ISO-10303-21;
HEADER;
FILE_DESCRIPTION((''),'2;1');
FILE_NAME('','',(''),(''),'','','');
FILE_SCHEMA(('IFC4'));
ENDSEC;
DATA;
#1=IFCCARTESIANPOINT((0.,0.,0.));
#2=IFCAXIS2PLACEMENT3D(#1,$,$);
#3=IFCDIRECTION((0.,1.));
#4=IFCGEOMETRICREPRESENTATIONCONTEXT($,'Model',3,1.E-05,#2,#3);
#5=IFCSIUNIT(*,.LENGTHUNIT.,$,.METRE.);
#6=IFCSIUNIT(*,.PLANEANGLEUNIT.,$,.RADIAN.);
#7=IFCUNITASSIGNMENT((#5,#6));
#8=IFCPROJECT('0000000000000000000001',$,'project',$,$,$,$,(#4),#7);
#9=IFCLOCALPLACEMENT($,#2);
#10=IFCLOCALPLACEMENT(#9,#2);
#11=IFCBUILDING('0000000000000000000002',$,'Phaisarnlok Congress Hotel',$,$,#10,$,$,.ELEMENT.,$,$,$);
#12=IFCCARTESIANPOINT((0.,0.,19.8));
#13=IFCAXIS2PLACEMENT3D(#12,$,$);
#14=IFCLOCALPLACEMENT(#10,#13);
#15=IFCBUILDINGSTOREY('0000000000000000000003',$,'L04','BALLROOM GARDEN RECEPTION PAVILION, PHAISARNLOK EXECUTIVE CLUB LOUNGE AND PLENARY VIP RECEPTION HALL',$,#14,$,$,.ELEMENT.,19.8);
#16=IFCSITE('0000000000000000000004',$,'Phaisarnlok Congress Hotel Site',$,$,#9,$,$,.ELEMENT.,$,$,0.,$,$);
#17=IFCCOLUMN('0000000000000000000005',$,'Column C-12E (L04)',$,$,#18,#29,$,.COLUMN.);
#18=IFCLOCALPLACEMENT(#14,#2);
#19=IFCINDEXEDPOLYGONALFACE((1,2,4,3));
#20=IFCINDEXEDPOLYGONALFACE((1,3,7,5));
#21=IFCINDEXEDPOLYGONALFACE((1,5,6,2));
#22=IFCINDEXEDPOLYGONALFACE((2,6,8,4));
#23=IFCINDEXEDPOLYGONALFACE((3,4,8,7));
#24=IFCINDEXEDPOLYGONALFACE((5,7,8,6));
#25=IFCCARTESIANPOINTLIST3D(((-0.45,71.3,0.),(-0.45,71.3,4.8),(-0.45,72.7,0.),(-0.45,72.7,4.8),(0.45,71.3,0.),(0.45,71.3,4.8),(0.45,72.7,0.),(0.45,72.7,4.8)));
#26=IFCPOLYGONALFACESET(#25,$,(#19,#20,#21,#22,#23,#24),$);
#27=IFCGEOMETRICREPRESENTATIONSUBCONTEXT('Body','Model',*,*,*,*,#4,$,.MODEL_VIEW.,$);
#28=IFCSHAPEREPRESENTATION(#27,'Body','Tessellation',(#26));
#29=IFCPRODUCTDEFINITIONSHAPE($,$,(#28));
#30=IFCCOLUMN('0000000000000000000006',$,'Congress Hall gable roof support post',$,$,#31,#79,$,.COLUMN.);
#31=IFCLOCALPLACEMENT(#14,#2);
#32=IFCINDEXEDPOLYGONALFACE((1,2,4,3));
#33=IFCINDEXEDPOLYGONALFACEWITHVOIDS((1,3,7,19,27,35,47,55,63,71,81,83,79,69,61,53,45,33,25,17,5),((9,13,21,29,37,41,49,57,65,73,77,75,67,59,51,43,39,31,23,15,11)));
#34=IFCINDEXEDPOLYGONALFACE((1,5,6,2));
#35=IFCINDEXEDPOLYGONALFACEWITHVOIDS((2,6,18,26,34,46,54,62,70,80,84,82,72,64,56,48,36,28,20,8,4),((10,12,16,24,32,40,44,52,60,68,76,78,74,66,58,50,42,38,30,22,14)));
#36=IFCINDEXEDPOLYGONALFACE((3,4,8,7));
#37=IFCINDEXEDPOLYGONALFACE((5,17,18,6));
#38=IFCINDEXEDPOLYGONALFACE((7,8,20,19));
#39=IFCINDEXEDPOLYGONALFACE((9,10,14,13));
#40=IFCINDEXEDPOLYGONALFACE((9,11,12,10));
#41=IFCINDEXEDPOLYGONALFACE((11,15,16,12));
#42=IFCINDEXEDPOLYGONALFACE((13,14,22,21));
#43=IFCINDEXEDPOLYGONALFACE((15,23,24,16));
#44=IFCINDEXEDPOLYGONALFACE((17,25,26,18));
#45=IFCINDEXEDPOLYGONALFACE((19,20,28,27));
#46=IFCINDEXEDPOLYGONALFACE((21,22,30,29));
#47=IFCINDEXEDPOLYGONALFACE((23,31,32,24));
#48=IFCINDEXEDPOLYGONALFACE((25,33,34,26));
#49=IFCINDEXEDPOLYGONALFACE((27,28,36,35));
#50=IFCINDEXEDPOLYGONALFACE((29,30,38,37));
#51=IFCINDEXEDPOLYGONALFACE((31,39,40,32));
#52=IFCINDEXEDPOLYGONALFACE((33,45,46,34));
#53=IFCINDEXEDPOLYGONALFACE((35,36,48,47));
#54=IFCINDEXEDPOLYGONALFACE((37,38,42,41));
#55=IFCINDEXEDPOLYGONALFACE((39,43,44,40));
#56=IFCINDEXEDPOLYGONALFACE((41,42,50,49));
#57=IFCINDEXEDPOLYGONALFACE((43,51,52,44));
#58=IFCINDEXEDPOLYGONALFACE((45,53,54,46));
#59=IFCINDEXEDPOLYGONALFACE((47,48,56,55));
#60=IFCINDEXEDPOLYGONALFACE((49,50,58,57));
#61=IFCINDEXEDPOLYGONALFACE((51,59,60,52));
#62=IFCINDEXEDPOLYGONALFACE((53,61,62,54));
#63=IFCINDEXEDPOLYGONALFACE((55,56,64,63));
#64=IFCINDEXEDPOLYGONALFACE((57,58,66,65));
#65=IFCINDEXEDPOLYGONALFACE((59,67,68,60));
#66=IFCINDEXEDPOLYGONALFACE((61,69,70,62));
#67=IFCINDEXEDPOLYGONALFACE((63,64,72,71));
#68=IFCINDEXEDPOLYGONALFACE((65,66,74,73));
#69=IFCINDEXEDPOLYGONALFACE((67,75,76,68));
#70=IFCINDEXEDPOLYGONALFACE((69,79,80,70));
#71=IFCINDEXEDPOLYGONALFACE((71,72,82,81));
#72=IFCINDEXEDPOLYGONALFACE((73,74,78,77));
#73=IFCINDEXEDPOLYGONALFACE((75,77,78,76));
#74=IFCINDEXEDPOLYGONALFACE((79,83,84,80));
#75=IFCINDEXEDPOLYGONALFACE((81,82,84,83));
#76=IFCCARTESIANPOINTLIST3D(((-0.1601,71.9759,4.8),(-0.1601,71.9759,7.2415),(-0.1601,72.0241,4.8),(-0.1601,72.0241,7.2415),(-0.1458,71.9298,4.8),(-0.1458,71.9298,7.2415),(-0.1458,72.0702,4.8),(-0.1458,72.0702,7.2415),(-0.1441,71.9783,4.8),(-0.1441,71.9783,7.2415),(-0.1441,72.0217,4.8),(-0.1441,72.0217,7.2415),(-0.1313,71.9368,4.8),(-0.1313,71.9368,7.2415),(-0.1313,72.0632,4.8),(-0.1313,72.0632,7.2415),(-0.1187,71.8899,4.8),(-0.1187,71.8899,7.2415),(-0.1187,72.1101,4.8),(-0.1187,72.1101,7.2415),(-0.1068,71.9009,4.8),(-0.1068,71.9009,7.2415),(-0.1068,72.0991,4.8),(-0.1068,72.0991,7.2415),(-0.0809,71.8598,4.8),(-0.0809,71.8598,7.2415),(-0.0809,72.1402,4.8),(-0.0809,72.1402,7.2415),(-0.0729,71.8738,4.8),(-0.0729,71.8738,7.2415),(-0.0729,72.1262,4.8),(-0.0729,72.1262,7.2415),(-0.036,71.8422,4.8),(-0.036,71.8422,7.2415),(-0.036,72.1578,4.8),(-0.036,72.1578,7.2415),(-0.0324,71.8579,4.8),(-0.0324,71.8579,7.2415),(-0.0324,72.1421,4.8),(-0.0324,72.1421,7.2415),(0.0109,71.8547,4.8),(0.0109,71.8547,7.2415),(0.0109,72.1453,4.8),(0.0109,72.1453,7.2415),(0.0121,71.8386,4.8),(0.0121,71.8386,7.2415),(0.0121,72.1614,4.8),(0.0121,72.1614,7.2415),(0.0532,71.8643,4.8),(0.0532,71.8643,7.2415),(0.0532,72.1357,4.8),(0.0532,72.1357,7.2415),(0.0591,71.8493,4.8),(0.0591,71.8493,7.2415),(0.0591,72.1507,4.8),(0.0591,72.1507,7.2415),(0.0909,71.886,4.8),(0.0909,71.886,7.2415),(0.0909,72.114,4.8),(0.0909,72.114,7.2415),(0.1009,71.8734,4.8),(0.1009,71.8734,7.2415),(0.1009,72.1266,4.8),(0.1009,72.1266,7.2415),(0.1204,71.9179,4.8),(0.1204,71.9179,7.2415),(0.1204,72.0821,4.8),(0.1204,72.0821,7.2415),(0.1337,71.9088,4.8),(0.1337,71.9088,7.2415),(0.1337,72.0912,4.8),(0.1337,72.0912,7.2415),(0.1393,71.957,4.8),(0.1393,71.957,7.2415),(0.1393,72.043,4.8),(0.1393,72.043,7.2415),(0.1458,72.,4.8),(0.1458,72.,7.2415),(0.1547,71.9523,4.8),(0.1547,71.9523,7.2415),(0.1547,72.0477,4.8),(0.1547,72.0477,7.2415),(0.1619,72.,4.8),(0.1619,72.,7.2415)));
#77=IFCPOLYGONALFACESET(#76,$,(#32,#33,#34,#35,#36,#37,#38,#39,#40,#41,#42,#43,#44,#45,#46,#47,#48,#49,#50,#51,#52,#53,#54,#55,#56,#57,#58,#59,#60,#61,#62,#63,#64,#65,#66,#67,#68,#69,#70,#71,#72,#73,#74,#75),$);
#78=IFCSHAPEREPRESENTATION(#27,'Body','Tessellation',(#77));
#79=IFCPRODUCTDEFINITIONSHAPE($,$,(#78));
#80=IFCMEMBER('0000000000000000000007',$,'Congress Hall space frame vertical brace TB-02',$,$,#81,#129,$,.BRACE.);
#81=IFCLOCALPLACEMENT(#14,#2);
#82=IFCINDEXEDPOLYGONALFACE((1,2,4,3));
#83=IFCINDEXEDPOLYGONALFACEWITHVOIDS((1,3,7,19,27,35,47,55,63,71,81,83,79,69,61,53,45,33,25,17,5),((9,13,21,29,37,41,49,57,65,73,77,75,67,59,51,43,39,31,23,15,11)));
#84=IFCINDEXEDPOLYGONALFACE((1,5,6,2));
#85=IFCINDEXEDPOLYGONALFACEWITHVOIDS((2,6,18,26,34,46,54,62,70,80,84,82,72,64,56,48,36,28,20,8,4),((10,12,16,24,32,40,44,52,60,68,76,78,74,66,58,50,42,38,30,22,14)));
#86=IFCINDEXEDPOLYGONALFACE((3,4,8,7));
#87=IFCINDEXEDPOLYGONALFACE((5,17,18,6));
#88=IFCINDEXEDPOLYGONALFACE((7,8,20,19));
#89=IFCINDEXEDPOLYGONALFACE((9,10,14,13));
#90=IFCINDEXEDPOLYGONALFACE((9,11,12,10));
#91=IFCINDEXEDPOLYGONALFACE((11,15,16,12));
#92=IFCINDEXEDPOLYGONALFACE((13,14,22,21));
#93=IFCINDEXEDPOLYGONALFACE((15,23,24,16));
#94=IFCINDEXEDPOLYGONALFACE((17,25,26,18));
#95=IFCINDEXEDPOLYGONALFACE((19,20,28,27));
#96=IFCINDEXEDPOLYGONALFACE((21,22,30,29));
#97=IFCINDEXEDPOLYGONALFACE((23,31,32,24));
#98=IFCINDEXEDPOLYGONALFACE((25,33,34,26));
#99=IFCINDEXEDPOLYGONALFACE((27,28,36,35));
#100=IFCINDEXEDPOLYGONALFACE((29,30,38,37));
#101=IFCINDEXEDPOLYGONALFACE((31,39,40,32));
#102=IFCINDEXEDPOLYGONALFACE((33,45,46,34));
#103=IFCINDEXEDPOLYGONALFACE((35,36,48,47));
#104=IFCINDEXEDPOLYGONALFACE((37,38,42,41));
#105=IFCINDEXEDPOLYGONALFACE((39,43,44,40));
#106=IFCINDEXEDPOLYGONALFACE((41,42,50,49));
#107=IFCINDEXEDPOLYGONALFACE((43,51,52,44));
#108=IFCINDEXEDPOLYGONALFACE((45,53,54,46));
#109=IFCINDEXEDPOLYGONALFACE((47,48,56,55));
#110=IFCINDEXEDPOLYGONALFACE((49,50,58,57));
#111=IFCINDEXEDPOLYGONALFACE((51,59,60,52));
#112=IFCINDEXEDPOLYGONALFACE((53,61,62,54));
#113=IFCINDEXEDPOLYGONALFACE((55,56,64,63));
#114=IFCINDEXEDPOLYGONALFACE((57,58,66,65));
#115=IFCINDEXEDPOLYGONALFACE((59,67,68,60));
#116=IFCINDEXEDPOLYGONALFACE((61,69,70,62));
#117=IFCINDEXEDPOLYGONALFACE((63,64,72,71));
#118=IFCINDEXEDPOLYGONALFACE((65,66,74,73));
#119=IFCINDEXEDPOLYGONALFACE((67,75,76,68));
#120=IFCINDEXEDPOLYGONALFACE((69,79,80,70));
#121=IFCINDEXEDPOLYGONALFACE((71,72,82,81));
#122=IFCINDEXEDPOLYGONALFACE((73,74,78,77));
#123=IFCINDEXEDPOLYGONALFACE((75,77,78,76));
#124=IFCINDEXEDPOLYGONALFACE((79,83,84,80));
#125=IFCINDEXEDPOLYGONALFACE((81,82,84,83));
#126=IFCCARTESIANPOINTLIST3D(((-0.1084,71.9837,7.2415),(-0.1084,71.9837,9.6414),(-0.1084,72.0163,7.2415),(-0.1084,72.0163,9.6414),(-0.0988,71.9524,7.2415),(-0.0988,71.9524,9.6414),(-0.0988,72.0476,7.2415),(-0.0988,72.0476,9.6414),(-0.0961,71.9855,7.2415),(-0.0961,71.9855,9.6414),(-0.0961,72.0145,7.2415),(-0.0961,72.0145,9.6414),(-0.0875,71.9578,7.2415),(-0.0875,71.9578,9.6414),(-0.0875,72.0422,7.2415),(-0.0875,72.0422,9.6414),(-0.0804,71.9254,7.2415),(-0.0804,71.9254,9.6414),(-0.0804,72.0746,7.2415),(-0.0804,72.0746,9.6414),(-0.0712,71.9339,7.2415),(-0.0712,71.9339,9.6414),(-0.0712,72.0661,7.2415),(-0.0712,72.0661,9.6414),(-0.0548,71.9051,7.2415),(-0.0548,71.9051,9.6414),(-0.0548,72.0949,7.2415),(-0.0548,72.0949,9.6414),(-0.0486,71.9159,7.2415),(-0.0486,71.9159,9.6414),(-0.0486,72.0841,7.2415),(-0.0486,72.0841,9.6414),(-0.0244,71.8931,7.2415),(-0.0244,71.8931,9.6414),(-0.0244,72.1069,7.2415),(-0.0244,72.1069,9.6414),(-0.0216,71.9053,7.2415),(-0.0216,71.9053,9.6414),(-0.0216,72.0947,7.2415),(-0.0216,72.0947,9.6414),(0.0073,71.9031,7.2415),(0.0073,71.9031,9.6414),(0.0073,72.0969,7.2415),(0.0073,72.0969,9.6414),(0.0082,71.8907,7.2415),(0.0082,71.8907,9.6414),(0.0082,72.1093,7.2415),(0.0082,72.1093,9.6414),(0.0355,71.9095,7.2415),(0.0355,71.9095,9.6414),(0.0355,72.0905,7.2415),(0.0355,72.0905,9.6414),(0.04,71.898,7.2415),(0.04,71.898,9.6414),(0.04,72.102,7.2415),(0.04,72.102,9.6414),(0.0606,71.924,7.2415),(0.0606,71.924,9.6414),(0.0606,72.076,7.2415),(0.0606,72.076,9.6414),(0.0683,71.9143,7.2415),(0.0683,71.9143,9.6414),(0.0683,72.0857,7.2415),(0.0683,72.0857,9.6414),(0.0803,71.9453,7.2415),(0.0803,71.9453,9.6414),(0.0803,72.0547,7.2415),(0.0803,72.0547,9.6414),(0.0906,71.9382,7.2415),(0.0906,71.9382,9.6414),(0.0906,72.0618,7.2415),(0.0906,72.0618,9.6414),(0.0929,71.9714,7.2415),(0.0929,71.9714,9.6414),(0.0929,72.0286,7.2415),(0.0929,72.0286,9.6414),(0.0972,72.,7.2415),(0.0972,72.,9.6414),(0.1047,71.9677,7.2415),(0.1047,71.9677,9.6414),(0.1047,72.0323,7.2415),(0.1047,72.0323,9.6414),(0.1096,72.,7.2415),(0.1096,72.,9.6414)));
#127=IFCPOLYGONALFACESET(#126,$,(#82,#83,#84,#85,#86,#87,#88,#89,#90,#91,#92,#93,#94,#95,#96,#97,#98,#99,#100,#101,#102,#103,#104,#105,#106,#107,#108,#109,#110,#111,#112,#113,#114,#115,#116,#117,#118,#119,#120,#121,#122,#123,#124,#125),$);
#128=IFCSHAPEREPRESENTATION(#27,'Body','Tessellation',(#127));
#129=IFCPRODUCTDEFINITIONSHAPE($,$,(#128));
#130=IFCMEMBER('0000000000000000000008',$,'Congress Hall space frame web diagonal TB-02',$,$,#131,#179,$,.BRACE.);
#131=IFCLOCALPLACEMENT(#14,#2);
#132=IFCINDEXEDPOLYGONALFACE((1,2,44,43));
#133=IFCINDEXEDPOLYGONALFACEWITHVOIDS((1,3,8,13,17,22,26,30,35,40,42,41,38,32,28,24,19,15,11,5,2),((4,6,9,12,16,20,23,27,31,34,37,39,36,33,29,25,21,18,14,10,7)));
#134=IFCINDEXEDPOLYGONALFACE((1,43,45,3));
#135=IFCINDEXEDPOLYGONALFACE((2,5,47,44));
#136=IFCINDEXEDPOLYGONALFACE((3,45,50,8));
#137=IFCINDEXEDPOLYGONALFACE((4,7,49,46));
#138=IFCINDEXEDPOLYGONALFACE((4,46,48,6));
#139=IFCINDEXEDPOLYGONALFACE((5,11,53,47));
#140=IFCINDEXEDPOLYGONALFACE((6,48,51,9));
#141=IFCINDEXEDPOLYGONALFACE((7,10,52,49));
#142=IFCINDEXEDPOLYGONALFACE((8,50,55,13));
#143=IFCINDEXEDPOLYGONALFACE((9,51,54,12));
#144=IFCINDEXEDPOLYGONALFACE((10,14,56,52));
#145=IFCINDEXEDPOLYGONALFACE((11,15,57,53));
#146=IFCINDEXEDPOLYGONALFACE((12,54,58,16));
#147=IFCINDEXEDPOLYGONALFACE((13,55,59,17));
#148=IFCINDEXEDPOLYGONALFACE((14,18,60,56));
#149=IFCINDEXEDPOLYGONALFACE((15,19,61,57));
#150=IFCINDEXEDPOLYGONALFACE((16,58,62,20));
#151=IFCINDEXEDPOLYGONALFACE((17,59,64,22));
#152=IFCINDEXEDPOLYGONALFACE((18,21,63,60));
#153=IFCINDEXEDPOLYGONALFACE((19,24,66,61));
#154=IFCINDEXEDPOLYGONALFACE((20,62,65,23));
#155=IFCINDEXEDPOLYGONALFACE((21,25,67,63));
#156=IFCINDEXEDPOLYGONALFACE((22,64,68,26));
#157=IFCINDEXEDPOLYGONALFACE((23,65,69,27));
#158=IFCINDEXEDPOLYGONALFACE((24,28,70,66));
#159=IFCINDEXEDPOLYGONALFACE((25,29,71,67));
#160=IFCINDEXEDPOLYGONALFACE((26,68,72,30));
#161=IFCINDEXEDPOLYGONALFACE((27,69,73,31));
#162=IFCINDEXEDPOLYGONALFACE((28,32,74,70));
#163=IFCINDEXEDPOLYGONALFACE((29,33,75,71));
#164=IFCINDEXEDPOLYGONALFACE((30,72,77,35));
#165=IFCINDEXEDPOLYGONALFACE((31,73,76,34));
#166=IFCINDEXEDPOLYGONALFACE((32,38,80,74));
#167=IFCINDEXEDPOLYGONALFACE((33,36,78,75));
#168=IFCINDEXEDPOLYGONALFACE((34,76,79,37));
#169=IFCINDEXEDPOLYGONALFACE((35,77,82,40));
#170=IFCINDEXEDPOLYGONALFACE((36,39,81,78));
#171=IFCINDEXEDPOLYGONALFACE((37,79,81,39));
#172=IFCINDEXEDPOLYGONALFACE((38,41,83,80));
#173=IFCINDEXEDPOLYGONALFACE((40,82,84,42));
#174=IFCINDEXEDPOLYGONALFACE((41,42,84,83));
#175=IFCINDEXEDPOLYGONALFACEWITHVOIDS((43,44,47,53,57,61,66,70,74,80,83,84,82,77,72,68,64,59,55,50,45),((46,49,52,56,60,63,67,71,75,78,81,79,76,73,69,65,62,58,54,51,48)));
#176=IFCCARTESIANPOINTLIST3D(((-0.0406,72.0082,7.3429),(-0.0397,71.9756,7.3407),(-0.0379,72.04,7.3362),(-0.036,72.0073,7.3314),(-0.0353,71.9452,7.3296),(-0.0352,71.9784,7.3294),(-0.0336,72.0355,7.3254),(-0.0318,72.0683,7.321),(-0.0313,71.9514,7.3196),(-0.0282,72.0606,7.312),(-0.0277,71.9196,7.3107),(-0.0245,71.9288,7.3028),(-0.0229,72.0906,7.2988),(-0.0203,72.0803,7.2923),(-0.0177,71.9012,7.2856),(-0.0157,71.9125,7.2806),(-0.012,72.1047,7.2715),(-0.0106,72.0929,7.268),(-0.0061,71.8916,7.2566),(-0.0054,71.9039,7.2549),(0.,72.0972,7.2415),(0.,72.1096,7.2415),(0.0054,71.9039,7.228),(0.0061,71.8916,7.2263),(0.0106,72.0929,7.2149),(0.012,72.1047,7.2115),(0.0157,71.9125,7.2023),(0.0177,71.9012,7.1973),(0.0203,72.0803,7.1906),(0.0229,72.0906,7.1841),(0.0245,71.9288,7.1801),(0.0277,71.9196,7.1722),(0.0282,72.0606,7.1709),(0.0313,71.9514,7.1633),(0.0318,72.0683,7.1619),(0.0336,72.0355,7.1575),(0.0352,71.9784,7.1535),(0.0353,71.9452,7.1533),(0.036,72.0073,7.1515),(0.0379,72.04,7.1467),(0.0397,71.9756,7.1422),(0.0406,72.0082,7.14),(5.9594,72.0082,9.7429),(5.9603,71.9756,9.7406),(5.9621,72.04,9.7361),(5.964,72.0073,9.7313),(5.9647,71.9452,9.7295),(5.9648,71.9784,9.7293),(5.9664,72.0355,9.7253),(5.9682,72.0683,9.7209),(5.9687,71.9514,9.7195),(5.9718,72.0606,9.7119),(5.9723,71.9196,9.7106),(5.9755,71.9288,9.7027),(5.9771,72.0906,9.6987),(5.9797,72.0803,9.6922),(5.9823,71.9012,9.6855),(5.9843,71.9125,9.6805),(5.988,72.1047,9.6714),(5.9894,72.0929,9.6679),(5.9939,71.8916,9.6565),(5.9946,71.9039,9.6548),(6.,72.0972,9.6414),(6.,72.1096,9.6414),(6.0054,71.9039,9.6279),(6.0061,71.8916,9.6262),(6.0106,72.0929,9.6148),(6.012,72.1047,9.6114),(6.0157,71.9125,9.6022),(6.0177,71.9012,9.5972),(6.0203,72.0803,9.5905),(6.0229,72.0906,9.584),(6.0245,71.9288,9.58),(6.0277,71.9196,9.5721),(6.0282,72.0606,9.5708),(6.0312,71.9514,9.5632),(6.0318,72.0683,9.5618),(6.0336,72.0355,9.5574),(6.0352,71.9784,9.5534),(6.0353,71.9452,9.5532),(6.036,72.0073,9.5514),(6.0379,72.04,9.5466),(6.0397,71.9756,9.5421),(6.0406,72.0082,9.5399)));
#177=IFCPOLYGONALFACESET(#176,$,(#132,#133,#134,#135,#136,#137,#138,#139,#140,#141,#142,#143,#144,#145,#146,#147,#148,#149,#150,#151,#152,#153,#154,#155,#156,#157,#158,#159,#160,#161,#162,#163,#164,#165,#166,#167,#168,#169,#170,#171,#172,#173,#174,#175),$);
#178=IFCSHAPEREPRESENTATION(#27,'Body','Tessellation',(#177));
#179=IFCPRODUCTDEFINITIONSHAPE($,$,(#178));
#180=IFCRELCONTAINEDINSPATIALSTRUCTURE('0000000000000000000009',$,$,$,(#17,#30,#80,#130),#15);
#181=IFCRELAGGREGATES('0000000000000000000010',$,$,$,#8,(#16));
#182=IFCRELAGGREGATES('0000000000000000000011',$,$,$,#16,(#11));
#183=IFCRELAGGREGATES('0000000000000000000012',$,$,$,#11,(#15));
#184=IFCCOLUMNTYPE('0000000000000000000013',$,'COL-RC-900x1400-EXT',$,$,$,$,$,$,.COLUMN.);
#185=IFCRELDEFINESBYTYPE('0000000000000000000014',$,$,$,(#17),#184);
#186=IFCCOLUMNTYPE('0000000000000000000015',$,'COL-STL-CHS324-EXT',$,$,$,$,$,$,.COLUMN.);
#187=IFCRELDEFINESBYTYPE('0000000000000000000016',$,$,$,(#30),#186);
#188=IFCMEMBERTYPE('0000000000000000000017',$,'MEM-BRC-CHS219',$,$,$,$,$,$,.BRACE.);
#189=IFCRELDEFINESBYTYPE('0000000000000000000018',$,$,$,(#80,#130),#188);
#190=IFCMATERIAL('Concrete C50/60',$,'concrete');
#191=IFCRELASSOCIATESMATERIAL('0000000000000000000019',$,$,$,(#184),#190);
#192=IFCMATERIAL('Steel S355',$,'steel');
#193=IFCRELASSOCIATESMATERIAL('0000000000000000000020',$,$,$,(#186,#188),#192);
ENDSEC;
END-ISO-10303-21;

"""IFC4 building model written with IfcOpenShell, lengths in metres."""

from ifc_helpers import new_model, si_unit, direction, frame, origin, origin_2d, place, context, subcontext, project, spatial, rectangle, hollow_circle, extrude, material, material_profile, profile_set, type_object, element, save


model = new_model("IFC4")

# Units and contexts
model_context = context("Model", 3, precision=1e-05, world=origin(), true_north=direction((0.0, 1.0)))
body_context = subcontext(model_context, "Body", "Model", "MODEL_VIEW")
ifc_project = project(units=[si_unit("LENGTHUNIT", "METRE"), si_unit("PLANEANGLEUNIT", "RADIAN")], contexts=[model_context])

# Site, building, storey
site_placement = place(None, origin())
site = spatial("IfcSite", under=ifc_project, at=site_placement, Name="Phaisarnlok Congress Hotel Site", CompositionType="ELEMENT", RefElevation=0.0)
building_placement = place(site_placement, origin())
building = spatial("IfcBuilding", under=site, at=building_placement, Name="Phaisarnlok Congress Hotel", CompositionType="ELEMENT")
storey_placement = place(building_placement, frame((0.0, 0.0, 19.8)))
storey = spatial("IfcBuildingStorey", under=building, at=storey_placement, Name="L04", Description="BALLROOM GARDEN RECEPTION PAVILION, PHAISARNLOK EXECUTIVE CLUB LOUNGE AND PLENARY VIP RECEPTION HALL", CompositionType="ELEMENT", Elevation=19.8)

# Columns
ifc_material_1 = material(Name="Concrete C50/60", Category="concrete")
ifc_material_profile_1 = material_profile(ifc_material_1, rectangle(XDim=0.8999, YDim=1.3999, at=origin_2d()), Name="RC 900x1400")
ifc_profile_set_1 = profile_set([ifc_material_profile_1], Name="Concrete C50/60")
column_type_1 = type_object("IfcColumnType", Name="COL-RC-900x1400-EXT", PredefinedType="COLUMN", material=ifc_profile_set_1)
column_1_placement = place(storey_placement, frame((0.0, 72.0, 0.0), z_axis=(0.0, 0.0, 1.0), x_axis=(1.0, 0.0, 0.0)))
element("IfcColumn", 1, at=column_1_placement, inside=storey, type_object=column_type_1, Name="Column C-12E (L04)", PredefinedType="COLUMN", context=body_context, shape_type="SweptSolid", body=[
    extrude(rectangle(XDim=0.8999, YDim=1.3999, at=origin_2d()), origin(), (0.0, 0.0, 1.0), 4.8),
])
ifc_material_2 = material(Name="Steel S355", Category="steel")
ifc_material_profile_2 = material_profile(ifc_material_2, hollow_circle(Radius=0.1619, WallThickness=0.0161, at=origin_2d()), Name="CHS 323.9x16")
ifc_profile_set_2 = profile_set([ifc_material_profile_2], Name="Steel S355")
column_type_2 = type_object("IfcColumnType", Name="COL-STL-CHS324-EXT", PredefinedType="COLUMN", material=ifc_profile_set_2)
column_2_placement = place(storey_placement, frame((0.0, 72.0, 4.8), z_axis=(0.0, 0.0, 1.0), x_axis=(1.0, 0.0, 0.0)))
element("IfcColumn", 2, at=column_2_placement, inside=storey, type_object=column_type_2, Name="Congress Hall gable roof support post", PredefinedType="COLUMN", context=body_context, shape_type="SweptSolid", body=[
    extrude(hollow_circle(Radius=0.1619, WallThickness=0.0161, at=origin_2d()), origin(), (0.0, 0.0, 1.0), 2.4414),
])

# Members
ifc_material_profile_3 = material_profile(ifc_material_2, hollow_circle(Radius=0.1096, WallThickness=0.0125, at=origin_2d()), Name="CHS 219.1x12.5")
ifc_profile_set_3 = profile_set([ifc_material_profile_3], Name="Steel S355")
member_type_1 = type_object("IfcMemberType", Name="MEM-BRC-CHS219", PredefinedType="BRACE", material=ifc_profile_set_3)
member_1_placement = place(storey_placement, frame((0.0, 72.0, 7.2415), z_axis=(0.0, 0.0, 1.0), x_axis=(1.0, 0.0, 0.0)))
element("IfcMember", 3, at=member_1_placement, inside=storey, type_object=member_type_1, Name="Congress Hall space frame vertical brace TB-02", PredefinedType="BRACE", context=body_context, shape_type="SweptSolid", body=[
    extrude(hollow_circle(Radius=0.1096, WallThickness=0.0125, at=origin_2d()), origin(), (0.0, 0.0, 1.0), 2.3999),
])
member_2_placement = place(storey_placement, frame((0.0, 72.0, 7.2415), z_axis=(0.928482, 0.0, 0.371378), x_axis=(0.0, 1.0, 0.0)))
element("IfcMember", 4, at=member_2_placement, inside=storey, type_object=member_type_1, Name="Congress Hall space frame web diagonal TB-02", PredefinedType="BRACE", context=body_context, shape_type="SweptSolid", body=[
    extrude(hollow_circle(Radius=0.1096, WallThickness=0.0125, at=origin_2d()), origin(), (0.0, 0.0, 1.0), 6.4622),
])

save(model, "model.ifc")
